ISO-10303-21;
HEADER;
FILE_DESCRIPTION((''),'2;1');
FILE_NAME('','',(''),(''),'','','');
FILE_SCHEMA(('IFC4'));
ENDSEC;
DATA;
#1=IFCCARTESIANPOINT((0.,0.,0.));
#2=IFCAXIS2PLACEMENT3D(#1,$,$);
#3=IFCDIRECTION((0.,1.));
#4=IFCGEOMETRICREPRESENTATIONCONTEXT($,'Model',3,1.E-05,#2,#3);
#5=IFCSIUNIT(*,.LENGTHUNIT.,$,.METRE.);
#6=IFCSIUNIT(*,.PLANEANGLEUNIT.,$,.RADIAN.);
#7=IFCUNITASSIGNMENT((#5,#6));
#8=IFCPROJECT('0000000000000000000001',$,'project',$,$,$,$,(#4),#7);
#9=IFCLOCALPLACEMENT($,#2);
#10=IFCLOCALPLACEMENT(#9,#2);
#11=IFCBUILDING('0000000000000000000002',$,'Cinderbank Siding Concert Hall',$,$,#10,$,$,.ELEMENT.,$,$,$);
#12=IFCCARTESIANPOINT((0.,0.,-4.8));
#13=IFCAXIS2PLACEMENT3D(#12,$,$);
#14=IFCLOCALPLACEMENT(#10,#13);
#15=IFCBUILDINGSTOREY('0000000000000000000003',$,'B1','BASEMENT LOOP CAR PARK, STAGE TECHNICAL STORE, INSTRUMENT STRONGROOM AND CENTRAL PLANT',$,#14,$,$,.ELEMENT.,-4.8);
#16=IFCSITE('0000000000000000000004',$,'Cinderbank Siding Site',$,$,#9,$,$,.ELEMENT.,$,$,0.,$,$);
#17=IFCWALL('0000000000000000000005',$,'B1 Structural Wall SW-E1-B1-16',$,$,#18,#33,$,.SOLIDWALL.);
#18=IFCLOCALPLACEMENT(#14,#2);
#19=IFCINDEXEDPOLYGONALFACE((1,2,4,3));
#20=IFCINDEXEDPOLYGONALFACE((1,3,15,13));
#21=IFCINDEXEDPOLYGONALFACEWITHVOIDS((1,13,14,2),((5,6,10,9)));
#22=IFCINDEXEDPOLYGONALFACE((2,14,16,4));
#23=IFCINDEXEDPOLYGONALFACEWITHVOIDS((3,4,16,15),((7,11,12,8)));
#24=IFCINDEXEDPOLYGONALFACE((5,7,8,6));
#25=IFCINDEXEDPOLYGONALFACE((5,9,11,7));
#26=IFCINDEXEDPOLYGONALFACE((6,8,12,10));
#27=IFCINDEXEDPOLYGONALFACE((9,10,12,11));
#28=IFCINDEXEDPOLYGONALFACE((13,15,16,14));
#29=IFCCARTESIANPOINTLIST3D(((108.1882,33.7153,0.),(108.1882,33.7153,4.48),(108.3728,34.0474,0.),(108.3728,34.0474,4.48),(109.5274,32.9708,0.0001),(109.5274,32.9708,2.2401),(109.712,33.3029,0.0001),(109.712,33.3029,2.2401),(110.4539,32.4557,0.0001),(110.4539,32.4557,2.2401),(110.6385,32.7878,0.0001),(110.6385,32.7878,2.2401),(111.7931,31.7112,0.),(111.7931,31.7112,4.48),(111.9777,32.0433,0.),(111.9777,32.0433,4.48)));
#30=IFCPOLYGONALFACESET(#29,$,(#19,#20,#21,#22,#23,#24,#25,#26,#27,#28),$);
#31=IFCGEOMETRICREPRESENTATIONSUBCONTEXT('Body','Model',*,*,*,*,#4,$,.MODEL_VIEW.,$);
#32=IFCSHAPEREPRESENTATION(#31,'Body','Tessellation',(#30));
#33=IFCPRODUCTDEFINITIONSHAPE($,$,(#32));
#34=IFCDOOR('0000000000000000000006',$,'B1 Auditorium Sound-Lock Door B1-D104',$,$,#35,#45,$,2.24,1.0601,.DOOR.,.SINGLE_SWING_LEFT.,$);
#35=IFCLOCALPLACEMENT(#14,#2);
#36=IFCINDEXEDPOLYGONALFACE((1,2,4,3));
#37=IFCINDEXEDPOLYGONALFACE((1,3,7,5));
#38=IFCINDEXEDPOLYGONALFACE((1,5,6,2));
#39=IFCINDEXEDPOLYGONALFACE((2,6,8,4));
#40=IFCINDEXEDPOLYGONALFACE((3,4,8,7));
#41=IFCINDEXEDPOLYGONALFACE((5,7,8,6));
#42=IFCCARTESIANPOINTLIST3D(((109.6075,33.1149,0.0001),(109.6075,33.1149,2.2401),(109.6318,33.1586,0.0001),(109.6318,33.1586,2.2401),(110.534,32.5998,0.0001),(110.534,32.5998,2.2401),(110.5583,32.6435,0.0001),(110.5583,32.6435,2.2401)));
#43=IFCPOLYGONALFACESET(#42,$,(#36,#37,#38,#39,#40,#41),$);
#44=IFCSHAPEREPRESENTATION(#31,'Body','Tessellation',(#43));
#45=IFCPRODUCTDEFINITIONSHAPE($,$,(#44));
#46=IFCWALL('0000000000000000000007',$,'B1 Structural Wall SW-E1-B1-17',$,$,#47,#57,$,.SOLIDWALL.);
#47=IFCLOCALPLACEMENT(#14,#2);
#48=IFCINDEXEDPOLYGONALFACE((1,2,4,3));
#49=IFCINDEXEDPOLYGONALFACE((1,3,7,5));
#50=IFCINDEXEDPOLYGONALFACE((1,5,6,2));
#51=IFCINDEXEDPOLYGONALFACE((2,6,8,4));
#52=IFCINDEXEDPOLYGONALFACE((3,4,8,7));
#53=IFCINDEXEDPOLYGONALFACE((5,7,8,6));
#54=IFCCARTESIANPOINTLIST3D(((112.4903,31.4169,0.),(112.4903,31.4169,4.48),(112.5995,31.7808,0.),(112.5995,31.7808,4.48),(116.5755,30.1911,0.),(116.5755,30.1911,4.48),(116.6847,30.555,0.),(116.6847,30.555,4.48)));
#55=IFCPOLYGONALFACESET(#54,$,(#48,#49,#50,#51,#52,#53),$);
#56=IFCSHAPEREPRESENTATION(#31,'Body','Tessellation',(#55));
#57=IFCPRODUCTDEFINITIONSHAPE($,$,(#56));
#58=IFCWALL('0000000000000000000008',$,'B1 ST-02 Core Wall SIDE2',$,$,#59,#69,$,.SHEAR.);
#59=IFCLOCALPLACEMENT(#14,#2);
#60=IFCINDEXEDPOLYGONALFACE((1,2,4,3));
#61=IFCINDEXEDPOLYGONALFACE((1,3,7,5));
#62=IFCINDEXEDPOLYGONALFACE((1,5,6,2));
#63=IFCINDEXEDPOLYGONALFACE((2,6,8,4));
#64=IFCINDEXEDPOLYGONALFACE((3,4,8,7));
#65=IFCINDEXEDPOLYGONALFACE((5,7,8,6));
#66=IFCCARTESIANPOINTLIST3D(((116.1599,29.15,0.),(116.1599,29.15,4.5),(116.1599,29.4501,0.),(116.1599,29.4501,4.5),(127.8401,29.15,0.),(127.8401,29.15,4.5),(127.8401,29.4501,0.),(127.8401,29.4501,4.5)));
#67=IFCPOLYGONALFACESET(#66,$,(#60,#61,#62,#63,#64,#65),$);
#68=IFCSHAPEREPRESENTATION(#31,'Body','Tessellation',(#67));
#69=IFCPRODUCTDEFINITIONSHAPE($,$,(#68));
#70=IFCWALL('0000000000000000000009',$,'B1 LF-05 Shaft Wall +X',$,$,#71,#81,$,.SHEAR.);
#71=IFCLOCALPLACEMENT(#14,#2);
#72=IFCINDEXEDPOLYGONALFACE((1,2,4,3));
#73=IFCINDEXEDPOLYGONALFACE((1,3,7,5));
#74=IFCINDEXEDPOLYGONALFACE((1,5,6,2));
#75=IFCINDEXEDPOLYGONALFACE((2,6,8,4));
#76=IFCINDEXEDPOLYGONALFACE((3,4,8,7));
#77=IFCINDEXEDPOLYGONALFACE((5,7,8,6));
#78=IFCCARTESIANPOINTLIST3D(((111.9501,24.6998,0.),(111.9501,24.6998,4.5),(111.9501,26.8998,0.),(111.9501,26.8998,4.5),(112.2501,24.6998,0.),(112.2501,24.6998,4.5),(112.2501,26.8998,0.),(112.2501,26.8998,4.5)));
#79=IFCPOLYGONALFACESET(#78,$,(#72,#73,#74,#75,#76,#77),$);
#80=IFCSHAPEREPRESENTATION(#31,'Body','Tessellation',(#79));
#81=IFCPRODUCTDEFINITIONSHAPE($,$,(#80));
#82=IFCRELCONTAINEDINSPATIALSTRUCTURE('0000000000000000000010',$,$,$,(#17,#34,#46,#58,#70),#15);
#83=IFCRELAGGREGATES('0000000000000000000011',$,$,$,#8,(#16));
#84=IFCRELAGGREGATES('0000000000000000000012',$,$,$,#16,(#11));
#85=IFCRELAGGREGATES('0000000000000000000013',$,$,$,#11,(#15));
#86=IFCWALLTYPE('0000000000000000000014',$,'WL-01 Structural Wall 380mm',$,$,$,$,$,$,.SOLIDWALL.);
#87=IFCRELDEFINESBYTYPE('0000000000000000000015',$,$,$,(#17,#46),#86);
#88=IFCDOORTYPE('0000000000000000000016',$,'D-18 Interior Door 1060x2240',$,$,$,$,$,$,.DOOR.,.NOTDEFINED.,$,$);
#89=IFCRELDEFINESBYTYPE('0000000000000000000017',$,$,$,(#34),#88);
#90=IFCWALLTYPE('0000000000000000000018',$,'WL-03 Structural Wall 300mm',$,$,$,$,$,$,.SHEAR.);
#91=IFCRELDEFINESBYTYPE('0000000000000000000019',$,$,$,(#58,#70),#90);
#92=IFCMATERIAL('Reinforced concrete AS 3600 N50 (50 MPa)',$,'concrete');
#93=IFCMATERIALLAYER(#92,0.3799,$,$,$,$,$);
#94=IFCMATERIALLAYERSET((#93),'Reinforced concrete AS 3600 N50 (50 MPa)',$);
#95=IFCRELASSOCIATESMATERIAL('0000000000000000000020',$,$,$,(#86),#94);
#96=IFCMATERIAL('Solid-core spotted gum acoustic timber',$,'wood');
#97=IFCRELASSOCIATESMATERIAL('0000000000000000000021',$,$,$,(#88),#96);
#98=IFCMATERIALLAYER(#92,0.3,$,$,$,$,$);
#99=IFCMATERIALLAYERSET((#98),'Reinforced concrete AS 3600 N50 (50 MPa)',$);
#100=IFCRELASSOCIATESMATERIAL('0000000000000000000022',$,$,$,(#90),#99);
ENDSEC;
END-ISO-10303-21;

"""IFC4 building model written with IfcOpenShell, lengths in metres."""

from ifc_helpers import new_model, si_unit, direction, frame, frame_2d, origin, place, context, subcontext, project, spatial, rectangle, extrude, material, layer, layer_set, type_object, element, fill, save


model = new_model("IFC4")

# Units and contexts
model_context = context("Model", 3, precision=1e-05, world=origin(), true_north=direction((0.0, 1.0)))
body_context = subcontext(model_context, "Body", "Model", "MODEL_VIEW")
ifc_project = project(units=[si_unit("LENGTHUNIT", "METRE"), si_unit("PLANEANGLEUNIT", "RADIAN")], contexts=[model_context])

# Site, building, storey
site_placement = place(None, origin())
site = spatial("IfcSite", under=ifc_project, at=site_placement, Name="Cinderbank Siding Site", CompositionType="ELEMENT", RefElevation=0.0)
building_placement = place(site_placement, origin())
building = spatial("IfcBuilding", under=site, at=building_placement, Name="Cinderbank Siding Concert Hall", CompositionType="ELEMENT")
storey_placement = place(building_placement, frame((0.0, 0.0, -4.8)))
storey = spatial("IfcBuildingStorey", under=building, at=storey_placement, Name="B1", Description="BASEMENT LOOP CAR PARK, STAGE TECHNICAL STORE, INSTRUMENT STRONGROOM AND CENTRAL PLANT", CompositionType="ELEMENT", Elevation=-4.8)

# Shared definitions
ifc_material_1 = material(Name="Reinforced concrete AS 3600 N50 (50 MPa)", Category="concrete")

# Wall, opening, door
ifc_layer_1 = layer(ifc_material_1, 0.3799)
ifc_layer_set_1 = layer_set([ifc_layer_1], Name="Reinforced concrete AS 3600 N50 (50 MPa)")
wall_type_1 = type_object("IfcWallType", Name="WL-01 Structural Wall 380mm", PredefinedType="SOLIDWALL", material=ifc_layer_set_1)
wall_1_placement = place(storey_placement, frame((108.2805, 33.8813, 0.0), z_axis=(0.0, 0.0, 1.0), x_axis=(0.874015, -0.485899, 0.0)))
wall_1 = element("IfcWall", 1, at=wall_1_placement, inside=storey, type_object=wall_type_1, Name="B1 Structural Wall SW-E1-B1-16", PredefinedType="SOLIDWALL", context=body_context, shape_type="SweptSolid", body=[
    extrude(rectangle(XDim=4.1245, YDim=0.3799, at=frame_2d((2.0623, 0.0))), origin(), (0.0, 0.0, 1.0), 4.48),
])
opening_1_placement = place(wall_1_placement, frame((1.5322, 0.0, 0.0)))
opening_1 = element("IfcOpeningElement", 2, at=opening_1_placement, cuts=wall_1, PredefinedType="OPENING", context=body_context, shape_type="SweptSolid", body=[
    extrude(rectangle(XDim=1.0601, YDim=2.24, at=frame_2d((0.53, 1.1201))), frame((0.0, 0.2019, 0.0), z_axis=(0.0, -1.0, 0.0), x_axis=(1.0, 0.0, 0.0)), (0.0, 0.0, 1.0), 0.4038),
])
ifc_material_2 = material(Name="Solid-core spotted gum acoustic timber", Category="wood")
door_type_1 = type_object("IfcDoorType", Name="D-18 Interior Door 1060x2240", OperationType="NOTDEFINED", PredefinedType="DOOR", material=ifc_material_2)
door_1_placement = place(opening_1_placement, origin())
door_1 = element("IfcDoor", 3, at=door_1_placement, inside=storey, type_object=door_type_1, Name="B1 Auditorium Sound-Lock Door B1-D104", OperationType="SINGLE_SWING_LEFT", OverallHeight=2.24, OverallWidth=1.0601, PredefinedType="DOOR", context=body_context, shape_type="SweptSolid", body=[
    extrude(rectangle(XDim=1.0601, YDim=2.24, at=frame_2d((0.53, 1.1201))), frame((0.0, 0.0249, 0.0), z_axis=(0.0, -1.0, 0.0), x_axis=(1.0, 0.0, 0.0)), (0.0, 0.0, 1.0), 0.05),
])
fill(opening_1, door_1)

# Walls
wall_2_placement = place(storey_placement, frame((112.5449, 31.5989, 0.0), z_axis=(0.0, 0.0, 1.0), x_axis=(0.957809, -0.287406, 0.0)))
element("IfcWall", 4, at=wall_2_placement, inside=storey, type_object=wall_type_1, Name="B1 Structural Wall SW-E1-B1-17", PredefinedType="SOLIDWALL", context=body_context, shape_type="SweptSolid", body=[
    extrude(rectangle(XDim=4.2651, YDim=0.3799, at=frame_2d((2.1326, 0.0))), origin(), (0.0, 0.0, 1.0), 4.48),
])
ifc_layer_2 = layer(ifc_material_1, 0.3)
ifc_layer_set_2 = layer_set([ifc_layer_2], Name="Reinforced concrete AS 3600 N50 (50 MPa)")
wall_type_2 = type_object("IfcWallType", Name="WL-03 Structural Wall 300mm", PredefinedType="SHEAR", material=ifc_layer_set_2)
wall_3_placement = place(storey_placement, frame((116.1599, 29.3, 0.0), z_axis=(0.0, 0.0, 1.0), x_axis=(1.0, 0.0, 0.0)))
element("IfcWall", 5, at=wall_3_placement, inside=storey, type_object=wall_type_2, Name="B1 ST-02 Core Wall SIDE2", PredefinedType="SHEAR", context=body_context, shape_type="SweptSolid", body=[
    extrude(rectangle(XDim=11.6802, YDim=0.3, at=frame_2d((5.8401, 0.0))), origin(), (0.0, 0.0, 1.0), 4.5),
])
wall_4_placement = place(storey_placement, frame((112.1001, 26.8999, 0.0), z_axis=(0.0, 0.0, 1.0), x_axis=(0.0, -1.0, 0.0)))
element("IfcWall", 6, at=wall_4_placement, inside=storey, type_object=wall_type_2, Name="B1 LF-05 Shaft Wall +X", PredefinedType="SHEAR", context=body_context, shape_type="SweptSolid", body=[
    extrude(rectangle(XDim=2.2, YDim=0.3, at=frame_2d((1.1001, 0.0))), origin(), (0.0, 0.0, 1.0), 4.5),
])

save(model, "model.ifc")
